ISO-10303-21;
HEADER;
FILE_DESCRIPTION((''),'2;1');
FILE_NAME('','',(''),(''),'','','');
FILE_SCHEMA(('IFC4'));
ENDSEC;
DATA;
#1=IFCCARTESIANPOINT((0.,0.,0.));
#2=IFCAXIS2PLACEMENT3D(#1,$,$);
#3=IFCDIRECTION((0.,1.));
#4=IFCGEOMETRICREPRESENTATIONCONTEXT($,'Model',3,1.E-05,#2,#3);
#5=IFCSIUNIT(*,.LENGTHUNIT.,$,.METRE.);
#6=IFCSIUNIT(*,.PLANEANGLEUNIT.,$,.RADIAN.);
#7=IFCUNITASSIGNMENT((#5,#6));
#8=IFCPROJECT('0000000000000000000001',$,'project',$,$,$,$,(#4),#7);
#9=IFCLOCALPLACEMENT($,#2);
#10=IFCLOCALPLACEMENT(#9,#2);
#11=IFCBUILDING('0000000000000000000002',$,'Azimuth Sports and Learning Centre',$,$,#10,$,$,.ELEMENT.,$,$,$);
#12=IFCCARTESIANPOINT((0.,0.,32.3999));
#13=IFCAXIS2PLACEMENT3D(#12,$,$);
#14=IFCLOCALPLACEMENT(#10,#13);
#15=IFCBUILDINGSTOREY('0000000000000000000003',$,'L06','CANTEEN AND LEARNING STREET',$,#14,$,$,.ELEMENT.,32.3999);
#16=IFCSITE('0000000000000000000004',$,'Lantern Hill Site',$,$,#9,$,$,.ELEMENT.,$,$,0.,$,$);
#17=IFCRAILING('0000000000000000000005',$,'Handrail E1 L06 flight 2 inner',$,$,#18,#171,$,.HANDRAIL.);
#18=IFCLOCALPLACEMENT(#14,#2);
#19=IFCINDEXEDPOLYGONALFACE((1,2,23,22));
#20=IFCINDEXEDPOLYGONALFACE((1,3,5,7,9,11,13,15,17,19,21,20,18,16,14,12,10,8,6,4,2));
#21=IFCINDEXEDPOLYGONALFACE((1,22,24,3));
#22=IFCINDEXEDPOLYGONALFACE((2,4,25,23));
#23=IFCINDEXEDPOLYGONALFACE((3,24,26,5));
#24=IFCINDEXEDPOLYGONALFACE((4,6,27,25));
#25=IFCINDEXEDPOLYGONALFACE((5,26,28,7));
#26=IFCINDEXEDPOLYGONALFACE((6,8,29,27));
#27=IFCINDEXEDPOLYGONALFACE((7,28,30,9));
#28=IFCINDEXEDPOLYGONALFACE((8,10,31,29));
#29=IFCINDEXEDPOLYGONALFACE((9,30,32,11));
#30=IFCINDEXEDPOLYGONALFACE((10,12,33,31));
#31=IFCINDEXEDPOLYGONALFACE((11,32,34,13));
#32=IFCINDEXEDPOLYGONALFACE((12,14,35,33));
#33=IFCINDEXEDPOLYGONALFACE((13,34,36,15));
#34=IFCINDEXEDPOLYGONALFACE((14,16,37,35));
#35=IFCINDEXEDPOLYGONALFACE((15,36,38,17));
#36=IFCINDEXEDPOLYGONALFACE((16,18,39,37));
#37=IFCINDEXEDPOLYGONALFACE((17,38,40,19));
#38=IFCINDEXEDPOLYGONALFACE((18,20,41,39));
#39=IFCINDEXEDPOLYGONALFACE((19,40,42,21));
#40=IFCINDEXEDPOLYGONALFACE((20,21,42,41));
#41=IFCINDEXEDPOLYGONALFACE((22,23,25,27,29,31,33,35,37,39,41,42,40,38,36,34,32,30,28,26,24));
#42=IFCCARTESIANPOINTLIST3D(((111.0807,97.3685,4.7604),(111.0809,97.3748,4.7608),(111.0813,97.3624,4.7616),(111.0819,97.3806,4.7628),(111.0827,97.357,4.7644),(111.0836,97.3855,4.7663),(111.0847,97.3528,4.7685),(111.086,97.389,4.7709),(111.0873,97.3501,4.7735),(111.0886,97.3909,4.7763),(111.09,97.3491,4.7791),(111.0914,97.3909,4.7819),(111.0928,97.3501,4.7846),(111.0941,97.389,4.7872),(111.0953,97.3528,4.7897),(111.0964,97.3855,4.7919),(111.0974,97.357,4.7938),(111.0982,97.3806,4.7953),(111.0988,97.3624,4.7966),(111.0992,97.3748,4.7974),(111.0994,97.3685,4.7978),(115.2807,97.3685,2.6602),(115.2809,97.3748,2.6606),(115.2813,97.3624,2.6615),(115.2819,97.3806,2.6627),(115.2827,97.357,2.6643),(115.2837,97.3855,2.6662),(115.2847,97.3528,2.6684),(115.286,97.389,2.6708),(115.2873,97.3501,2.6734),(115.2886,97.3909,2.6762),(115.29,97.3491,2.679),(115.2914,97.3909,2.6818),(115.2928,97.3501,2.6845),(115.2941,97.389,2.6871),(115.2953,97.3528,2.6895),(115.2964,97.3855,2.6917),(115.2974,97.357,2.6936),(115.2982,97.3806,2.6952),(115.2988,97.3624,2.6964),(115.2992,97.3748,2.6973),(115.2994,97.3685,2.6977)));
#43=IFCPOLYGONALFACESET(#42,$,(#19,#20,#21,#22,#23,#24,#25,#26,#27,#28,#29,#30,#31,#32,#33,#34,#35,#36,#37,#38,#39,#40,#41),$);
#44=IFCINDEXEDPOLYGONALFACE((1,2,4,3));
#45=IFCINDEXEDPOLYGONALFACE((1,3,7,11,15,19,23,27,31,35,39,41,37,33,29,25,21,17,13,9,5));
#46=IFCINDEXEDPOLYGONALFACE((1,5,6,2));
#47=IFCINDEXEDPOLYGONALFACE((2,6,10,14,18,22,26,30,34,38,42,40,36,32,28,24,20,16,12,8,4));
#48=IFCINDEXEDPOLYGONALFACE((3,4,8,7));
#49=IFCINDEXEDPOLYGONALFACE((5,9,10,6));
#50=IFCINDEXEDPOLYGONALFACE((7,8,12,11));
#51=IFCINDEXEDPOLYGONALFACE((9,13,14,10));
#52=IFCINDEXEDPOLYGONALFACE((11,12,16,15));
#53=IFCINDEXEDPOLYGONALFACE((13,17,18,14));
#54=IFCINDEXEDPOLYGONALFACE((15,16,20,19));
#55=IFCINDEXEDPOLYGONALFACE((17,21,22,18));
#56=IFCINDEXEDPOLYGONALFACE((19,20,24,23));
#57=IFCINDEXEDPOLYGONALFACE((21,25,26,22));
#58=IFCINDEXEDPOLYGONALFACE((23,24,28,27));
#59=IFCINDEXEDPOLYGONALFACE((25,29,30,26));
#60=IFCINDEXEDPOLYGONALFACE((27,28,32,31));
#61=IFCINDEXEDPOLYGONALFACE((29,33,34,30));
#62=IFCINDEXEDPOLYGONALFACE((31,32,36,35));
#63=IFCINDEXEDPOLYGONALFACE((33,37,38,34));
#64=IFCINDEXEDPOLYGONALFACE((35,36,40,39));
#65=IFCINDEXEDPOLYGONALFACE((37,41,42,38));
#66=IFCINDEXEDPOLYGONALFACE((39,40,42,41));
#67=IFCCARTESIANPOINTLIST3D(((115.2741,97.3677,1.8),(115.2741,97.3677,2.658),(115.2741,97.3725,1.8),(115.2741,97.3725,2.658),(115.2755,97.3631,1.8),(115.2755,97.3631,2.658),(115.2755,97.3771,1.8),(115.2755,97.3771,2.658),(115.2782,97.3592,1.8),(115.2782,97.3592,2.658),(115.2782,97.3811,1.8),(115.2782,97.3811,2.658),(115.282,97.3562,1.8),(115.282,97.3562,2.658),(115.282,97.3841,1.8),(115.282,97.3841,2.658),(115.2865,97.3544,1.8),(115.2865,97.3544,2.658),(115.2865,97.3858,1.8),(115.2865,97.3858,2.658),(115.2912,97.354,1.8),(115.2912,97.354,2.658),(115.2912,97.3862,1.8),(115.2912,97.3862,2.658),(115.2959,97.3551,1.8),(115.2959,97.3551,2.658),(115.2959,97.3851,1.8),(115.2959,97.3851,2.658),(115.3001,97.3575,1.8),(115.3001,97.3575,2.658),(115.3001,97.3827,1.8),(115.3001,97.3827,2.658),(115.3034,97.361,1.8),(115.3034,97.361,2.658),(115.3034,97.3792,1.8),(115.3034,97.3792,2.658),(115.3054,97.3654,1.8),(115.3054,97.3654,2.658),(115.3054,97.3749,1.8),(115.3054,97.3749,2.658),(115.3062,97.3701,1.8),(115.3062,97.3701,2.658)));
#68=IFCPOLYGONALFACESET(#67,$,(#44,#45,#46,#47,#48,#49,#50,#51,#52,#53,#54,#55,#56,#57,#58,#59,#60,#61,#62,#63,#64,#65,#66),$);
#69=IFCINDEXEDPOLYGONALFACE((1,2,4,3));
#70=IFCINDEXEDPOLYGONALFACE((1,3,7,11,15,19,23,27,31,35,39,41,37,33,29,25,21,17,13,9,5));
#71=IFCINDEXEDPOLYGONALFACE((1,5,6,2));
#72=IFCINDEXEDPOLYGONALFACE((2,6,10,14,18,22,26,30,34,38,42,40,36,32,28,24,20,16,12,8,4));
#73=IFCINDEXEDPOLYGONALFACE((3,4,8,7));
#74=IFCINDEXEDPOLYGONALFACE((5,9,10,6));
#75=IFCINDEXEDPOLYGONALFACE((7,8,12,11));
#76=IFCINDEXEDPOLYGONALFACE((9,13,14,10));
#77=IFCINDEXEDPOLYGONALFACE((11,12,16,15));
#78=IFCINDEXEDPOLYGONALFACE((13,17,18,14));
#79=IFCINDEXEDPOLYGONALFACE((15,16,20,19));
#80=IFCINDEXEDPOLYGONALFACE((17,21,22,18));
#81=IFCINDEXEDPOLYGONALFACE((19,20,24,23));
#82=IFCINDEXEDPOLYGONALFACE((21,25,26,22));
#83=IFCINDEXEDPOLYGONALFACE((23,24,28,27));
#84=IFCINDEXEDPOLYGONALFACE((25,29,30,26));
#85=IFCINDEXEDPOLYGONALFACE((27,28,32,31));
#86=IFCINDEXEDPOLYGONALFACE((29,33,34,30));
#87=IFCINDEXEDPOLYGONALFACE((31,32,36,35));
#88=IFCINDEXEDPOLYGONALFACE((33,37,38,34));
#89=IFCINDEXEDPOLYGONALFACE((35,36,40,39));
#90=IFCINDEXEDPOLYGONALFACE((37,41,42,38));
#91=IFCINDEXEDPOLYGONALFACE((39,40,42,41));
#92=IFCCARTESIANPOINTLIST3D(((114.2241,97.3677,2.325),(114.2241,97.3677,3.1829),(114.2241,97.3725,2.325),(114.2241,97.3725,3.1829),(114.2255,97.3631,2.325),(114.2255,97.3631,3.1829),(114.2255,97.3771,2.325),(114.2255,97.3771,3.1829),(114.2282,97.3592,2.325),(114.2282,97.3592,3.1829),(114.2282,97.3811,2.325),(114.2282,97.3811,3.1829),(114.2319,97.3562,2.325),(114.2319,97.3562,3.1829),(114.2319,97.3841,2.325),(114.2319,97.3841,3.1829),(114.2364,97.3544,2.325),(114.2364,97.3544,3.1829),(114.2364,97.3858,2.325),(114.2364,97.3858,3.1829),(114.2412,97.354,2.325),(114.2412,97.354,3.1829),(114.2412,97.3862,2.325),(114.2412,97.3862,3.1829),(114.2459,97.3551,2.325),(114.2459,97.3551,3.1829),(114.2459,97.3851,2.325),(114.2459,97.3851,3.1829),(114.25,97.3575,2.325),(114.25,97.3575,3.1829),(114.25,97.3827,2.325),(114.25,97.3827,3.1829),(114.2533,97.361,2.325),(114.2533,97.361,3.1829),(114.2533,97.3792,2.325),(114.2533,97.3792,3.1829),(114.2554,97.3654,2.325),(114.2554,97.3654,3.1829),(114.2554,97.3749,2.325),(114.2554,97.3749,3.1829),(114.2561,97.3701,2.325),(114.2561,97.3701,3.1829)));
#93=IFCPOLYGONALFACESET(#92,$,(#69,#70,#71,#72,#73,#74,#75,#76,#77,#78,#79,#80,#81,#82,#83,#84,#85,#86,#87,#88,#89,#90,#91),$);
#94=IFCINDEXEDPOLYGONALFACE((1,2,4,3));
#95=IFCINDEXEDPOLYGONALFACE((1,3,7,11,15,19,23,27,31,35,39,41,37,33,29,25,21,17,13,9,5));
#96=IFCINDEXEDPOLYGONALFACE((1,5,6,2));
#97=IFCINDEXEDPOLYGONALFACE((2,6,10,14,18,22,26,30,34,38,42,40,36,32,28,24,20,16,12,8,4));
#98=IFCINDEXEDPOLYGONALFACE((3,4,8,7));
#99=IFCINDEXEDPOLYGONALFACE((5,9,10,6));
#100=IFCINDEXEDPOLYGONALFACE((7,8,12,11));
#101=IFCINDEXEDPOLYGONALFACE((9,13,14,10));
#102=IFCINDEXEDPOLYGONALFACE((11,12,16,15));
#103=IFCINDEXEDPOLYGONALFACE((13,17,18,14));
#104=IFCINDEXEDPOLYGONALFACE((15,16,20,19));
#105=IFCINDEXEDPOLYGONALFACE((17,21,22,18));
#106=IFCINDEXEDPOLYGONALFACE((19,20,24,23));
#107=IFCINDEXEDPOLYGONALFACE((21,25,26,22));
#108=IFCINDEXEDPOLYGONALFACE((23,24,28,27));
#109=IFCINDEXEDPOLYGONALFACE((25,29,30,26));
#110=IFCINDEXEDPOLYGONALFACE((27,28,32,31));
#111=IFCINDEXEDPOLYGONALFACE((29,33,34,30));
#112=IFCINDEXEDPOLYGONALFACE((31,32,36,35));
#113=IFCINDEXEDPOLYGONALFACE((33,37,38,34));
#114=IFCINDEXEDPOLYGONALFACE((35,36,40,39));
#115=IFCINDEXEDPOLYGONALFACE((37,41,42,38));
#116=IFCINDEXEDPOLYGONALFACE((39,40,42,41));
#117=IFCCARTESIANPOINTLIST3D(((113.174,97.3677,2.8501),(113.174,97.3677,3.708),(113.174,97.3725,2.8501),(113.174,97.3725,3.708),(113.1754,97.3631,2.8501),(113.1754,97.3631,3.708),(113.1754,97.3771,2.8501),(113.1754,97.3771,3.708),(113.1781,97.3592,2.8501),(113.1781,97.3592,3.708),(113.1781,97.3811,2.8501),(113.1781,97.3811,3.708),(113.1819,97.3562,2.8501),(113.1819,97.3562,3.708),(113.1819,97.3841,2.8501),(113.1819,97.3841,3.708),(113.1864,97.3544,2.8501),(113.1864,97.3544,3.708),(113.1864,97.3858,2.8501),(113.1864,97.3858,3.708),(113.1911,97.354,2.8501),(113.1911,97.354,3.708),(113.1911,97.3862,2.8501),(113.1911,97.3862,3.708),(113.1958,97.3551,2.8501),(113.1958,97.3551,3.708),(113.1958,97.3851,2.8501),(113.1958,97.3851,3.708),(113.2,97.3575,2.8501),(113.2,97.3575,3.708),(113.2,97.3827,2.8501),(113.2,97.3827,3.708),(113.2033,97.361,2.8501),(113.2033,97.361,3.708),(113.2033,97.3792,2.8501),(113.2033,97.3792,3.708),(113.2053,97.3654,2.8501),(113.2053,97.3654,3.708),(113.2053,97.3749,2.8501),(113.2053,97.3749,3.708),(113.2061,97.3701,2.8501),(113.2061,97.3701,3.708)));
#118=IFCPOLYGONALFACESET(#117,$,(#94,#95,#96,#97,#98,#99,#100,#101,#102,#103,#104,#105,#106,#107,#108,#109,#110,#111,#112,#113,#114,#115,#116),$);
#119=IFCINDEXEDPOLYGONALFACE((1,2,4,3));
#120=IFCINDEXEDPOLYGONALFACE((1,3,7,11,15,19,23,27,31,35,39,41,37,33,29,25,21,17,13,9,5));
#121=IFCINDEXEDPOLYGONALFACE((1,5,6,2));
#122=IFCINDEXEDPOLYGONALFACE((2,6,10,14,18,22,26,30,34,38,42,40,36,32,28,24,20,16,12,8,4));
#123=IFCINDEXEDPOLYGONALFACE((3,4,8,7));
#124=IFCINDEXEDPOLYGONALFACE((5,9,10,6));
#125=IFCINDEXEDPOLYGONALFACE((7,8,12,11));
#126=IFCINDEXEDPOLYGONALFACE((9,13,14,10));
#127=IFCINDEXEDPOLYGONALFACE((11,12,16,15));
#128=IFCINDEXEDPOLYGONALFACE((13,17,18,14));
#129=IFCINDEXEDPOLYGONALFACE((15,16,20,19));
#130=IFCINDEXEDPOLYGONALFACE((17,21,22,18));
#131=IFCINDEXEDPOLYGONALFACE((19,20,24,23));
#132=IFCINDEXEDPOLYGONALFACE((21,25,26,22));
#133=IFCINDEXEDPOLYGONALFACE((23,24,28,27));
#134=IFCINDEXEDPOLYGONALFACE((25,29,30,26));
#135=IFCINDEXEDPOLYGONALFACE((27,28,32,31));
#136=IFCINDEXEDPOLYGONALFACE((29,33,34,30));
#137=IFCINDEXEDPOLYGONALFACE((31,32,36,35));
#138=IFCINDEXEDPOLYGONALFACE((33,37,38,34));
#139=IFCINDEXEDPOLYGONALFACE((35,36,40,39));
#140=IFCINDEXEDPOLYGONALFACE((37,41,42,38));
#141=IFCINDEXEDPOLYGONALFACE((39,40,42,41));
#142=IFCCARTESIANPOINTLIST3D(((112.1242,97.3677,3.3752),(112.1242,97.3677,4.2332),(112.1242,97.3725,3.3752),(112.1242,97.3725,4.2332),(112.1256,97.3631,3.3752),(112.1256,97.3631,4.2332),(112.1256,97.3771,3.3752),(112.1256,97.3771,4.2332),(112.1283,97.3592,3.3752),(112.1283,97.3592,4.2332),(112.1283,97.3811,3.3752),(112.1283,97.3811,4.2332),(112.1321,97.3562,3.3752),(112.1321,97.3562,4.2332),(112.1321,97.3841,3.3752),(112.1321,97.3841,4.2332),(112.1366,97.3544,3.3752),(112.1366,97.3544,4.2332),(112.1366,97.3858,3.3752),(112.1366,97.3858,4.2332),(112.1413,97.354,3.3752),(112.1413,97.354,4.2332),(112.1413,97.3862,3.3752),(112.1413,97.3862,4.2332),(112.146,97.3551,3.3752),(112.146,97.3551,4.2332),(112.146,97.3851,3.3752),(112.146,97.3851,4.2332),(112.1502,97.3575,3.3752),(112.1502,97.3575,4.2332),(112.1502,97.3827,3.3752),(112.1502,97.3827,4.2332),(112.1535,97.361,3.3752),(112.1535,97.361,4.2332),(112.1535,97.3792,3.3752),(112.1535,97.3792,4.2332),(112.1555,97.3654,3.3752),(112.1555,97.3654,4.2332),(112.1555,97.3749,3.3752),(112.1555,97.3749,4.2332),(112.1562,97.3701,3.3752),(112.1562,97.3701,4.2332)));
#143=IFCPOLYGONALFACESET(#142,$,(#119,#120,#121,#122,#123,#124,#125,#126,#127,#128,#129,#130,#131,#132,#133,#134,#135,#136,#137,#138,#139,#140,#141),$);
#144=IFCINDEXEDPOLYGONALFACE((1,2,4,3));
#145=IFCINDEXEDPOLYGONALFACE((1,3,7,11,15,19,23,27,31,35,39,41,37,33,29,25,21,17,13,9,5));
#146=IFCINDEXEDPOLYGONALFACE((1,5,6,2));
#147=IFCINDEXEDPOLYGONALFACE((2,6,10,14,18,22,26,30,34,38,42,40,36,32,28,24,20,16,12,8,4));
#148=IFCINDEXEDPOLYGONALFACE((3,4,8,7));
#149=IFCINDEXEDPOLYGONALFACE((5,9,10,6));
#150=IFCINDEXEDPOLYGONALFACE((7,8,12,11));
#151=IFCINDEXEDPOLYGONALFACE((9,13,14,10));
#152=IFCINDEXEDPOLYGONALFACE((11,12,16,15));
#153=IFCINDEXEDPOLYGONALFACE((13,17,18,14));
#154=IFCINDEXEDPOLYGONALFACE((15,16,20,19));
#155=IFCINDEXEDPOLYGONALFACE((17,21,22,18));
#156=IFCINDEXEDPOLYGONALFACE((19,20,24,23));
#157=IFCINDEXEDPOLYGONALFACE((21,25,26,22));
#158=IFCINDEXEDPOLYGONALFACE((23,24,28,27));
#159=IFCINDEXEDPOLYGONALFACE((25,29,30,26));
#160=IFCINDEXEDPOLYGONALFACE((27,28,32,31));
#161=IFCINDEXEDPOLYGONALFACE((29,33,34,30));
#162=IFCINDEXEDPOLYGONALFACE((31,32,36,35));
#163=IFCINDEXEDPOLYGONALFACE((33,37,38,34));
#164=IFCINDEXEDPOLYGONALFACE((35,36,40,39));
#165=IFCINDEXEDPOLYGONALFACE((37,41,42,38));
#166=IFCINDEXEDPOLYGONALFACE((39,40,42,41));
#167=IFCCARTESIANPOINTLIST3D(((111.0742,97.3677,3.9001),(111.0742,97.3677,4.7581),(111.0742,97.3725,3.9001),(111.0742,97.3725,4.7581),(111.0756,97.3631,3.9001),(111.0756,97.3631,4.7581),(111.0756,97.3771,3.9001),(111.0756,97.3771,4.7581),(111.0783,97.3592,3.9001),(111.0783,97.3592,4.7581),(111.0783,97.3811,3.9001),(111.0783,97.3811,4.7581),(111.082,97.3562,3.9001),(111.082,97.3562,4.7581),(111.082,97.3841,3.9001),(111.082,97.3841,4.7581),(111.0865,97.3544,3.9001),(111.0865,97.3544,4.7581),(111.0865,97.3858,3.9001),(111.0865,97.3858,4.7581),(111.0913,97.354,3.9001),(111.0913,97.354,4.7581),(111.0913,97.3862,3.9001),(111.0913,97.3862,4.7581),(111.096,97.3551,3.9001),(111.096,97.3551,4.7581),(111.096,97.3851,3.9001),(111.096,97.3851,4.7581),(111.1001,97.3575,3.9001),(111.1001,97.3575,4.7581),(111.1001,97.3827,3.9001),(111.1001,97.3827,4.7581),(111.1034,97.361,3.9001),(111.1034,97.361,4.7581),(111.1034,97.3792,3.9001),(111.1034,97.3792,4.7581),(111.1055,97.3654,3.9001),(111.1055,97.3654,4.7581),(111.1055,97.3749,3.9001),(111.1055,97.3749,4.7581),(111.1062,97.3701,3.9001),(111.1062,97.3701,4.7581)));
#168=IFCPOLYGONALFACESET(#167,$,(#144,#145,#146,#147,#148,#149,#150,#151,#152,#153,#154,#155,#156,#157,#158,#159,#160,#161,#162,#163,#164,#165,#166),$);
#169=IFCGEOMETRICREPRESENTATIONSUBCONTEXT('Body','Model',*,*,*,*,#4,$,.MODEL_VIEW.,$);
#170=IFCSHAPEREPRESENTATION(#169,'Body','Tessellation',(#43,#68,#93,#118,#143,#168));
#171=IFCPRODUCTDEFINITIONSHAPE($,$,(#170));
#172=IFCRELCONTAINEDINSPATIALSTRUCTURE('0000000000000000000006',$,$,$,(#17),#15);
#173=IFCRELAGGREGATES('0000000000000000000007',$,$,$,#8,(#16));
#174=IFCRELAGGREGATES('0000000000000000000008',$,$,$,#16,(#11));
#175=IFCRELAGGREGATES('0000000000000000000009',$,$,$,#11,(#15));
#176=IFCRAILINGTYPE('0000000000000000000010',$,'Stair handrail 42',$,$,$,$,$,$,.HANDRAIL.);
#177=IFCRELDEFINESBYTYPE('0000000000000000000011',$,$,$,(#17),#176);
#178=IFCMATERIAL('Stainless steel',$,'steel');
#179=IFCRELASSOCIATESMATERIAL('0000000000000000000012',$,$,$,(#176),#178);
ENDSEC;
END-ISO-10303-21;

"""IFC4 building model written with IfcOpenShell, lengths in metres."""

from ifc_helpers import new_model, si_unit, direction, frame, origin, origin_2d, place, context, subcontext, project, spatial, circle, extrude, material, type_object, element, save


model = new_model("IFC4")

# Units and contexts
model_context = context("Model", 3, precision=1e-05, world=origin(), true_north=direction((0.0, 1.0)))
body_context = subcontext(model_context, "Body", "Model", "MODEL_VIEW")
ifc_project = project(units=[si_unit("LENGTHUNIT", "METRE"), si_unit("PLANEANGLEUNIT", "RADIAN")], contexts=[model_context])

# Site, building, storey
site_placement = place(None, origin())
site = spatial("IfcSite", under=ifc_project, at=site_placement, Name="Lantern Hill Site", CompositionType="ELEMENT", RefElevation=0.0)
building_placement = place(site_placement, origin())
building = spatial("IfcBuilding", under=site, at=building_placement, Name="Azimuth Sports and Learning Centre", CompositionType="ELEMENT")
storey_placement = place(building_placement, frame((0.0, 0.0, 32.3999)))
storey = spatial("IfcBuildingStorey", under=building, at=storey_placement, Name="L06", Description="CANTEEN AND LEARNING STREET", CompositionType="ELEMENT", Elevation=32.3999)

# Railing
ifc_material_1 = material(Name="Stainless steel", Category="steel")
railing_type_1 = type_object("IfcRailingType", Name="Stair handrail 42", PredefinedType="HANDRAIL", material=ifc_material_1)
for number, where, name in (
    (1, (115.29, 97.3701, 1.8), "Handrail E1 L06 flight 2 inner"),
):
    element("IfcRailing", number, at=place(storey_placement, frame(where)), inside=storey, type_object=railing_type_1, Name=name, PredefinedType="HANDRAIL", context=body_context, shape_type="SweptSolid", body=[
        extrude(circle(Radius=0.021, at=origin_2d()), frame((0.0, 0.0, 0.8789), z_axis=(-0.894417, 0.0, 0.447234), x_axis=(0.0, -1.0, 0.0)), (0.0, 0.0, 1.0), 4.6958),
        extrude(circle(Radius=0.0161, at=origin_2d()), origin(), (0.0, 0.0, 1.0), 0.8579),
        extrude(circle(Radius=0.0161, at=origin_2d()), frame((-1.05, 0.0, 0.5249)), (0.0, 0.0, 1.0), 0.8579),
        extrude(circle(Radius=0.0161, at=origin_2d()), frame((-2.1001, 0.0, 1.05)), (0.0, 0.0, 1.0), 0.8579),
        extrude(circle(Radius=0.0161, at=origin_2d()), frame((-3.1499, 0.0, 1.5752)), (0.0, 0.0, 1.0), 0.8579),
        extrude(circle(Radius=0.0161, at=origin_2d()), frame((-4.2, 0.0, 2.1001)), (0.0, 0.0, 1.0), 0.8579),
    ])

save(model, "model.ifc")
